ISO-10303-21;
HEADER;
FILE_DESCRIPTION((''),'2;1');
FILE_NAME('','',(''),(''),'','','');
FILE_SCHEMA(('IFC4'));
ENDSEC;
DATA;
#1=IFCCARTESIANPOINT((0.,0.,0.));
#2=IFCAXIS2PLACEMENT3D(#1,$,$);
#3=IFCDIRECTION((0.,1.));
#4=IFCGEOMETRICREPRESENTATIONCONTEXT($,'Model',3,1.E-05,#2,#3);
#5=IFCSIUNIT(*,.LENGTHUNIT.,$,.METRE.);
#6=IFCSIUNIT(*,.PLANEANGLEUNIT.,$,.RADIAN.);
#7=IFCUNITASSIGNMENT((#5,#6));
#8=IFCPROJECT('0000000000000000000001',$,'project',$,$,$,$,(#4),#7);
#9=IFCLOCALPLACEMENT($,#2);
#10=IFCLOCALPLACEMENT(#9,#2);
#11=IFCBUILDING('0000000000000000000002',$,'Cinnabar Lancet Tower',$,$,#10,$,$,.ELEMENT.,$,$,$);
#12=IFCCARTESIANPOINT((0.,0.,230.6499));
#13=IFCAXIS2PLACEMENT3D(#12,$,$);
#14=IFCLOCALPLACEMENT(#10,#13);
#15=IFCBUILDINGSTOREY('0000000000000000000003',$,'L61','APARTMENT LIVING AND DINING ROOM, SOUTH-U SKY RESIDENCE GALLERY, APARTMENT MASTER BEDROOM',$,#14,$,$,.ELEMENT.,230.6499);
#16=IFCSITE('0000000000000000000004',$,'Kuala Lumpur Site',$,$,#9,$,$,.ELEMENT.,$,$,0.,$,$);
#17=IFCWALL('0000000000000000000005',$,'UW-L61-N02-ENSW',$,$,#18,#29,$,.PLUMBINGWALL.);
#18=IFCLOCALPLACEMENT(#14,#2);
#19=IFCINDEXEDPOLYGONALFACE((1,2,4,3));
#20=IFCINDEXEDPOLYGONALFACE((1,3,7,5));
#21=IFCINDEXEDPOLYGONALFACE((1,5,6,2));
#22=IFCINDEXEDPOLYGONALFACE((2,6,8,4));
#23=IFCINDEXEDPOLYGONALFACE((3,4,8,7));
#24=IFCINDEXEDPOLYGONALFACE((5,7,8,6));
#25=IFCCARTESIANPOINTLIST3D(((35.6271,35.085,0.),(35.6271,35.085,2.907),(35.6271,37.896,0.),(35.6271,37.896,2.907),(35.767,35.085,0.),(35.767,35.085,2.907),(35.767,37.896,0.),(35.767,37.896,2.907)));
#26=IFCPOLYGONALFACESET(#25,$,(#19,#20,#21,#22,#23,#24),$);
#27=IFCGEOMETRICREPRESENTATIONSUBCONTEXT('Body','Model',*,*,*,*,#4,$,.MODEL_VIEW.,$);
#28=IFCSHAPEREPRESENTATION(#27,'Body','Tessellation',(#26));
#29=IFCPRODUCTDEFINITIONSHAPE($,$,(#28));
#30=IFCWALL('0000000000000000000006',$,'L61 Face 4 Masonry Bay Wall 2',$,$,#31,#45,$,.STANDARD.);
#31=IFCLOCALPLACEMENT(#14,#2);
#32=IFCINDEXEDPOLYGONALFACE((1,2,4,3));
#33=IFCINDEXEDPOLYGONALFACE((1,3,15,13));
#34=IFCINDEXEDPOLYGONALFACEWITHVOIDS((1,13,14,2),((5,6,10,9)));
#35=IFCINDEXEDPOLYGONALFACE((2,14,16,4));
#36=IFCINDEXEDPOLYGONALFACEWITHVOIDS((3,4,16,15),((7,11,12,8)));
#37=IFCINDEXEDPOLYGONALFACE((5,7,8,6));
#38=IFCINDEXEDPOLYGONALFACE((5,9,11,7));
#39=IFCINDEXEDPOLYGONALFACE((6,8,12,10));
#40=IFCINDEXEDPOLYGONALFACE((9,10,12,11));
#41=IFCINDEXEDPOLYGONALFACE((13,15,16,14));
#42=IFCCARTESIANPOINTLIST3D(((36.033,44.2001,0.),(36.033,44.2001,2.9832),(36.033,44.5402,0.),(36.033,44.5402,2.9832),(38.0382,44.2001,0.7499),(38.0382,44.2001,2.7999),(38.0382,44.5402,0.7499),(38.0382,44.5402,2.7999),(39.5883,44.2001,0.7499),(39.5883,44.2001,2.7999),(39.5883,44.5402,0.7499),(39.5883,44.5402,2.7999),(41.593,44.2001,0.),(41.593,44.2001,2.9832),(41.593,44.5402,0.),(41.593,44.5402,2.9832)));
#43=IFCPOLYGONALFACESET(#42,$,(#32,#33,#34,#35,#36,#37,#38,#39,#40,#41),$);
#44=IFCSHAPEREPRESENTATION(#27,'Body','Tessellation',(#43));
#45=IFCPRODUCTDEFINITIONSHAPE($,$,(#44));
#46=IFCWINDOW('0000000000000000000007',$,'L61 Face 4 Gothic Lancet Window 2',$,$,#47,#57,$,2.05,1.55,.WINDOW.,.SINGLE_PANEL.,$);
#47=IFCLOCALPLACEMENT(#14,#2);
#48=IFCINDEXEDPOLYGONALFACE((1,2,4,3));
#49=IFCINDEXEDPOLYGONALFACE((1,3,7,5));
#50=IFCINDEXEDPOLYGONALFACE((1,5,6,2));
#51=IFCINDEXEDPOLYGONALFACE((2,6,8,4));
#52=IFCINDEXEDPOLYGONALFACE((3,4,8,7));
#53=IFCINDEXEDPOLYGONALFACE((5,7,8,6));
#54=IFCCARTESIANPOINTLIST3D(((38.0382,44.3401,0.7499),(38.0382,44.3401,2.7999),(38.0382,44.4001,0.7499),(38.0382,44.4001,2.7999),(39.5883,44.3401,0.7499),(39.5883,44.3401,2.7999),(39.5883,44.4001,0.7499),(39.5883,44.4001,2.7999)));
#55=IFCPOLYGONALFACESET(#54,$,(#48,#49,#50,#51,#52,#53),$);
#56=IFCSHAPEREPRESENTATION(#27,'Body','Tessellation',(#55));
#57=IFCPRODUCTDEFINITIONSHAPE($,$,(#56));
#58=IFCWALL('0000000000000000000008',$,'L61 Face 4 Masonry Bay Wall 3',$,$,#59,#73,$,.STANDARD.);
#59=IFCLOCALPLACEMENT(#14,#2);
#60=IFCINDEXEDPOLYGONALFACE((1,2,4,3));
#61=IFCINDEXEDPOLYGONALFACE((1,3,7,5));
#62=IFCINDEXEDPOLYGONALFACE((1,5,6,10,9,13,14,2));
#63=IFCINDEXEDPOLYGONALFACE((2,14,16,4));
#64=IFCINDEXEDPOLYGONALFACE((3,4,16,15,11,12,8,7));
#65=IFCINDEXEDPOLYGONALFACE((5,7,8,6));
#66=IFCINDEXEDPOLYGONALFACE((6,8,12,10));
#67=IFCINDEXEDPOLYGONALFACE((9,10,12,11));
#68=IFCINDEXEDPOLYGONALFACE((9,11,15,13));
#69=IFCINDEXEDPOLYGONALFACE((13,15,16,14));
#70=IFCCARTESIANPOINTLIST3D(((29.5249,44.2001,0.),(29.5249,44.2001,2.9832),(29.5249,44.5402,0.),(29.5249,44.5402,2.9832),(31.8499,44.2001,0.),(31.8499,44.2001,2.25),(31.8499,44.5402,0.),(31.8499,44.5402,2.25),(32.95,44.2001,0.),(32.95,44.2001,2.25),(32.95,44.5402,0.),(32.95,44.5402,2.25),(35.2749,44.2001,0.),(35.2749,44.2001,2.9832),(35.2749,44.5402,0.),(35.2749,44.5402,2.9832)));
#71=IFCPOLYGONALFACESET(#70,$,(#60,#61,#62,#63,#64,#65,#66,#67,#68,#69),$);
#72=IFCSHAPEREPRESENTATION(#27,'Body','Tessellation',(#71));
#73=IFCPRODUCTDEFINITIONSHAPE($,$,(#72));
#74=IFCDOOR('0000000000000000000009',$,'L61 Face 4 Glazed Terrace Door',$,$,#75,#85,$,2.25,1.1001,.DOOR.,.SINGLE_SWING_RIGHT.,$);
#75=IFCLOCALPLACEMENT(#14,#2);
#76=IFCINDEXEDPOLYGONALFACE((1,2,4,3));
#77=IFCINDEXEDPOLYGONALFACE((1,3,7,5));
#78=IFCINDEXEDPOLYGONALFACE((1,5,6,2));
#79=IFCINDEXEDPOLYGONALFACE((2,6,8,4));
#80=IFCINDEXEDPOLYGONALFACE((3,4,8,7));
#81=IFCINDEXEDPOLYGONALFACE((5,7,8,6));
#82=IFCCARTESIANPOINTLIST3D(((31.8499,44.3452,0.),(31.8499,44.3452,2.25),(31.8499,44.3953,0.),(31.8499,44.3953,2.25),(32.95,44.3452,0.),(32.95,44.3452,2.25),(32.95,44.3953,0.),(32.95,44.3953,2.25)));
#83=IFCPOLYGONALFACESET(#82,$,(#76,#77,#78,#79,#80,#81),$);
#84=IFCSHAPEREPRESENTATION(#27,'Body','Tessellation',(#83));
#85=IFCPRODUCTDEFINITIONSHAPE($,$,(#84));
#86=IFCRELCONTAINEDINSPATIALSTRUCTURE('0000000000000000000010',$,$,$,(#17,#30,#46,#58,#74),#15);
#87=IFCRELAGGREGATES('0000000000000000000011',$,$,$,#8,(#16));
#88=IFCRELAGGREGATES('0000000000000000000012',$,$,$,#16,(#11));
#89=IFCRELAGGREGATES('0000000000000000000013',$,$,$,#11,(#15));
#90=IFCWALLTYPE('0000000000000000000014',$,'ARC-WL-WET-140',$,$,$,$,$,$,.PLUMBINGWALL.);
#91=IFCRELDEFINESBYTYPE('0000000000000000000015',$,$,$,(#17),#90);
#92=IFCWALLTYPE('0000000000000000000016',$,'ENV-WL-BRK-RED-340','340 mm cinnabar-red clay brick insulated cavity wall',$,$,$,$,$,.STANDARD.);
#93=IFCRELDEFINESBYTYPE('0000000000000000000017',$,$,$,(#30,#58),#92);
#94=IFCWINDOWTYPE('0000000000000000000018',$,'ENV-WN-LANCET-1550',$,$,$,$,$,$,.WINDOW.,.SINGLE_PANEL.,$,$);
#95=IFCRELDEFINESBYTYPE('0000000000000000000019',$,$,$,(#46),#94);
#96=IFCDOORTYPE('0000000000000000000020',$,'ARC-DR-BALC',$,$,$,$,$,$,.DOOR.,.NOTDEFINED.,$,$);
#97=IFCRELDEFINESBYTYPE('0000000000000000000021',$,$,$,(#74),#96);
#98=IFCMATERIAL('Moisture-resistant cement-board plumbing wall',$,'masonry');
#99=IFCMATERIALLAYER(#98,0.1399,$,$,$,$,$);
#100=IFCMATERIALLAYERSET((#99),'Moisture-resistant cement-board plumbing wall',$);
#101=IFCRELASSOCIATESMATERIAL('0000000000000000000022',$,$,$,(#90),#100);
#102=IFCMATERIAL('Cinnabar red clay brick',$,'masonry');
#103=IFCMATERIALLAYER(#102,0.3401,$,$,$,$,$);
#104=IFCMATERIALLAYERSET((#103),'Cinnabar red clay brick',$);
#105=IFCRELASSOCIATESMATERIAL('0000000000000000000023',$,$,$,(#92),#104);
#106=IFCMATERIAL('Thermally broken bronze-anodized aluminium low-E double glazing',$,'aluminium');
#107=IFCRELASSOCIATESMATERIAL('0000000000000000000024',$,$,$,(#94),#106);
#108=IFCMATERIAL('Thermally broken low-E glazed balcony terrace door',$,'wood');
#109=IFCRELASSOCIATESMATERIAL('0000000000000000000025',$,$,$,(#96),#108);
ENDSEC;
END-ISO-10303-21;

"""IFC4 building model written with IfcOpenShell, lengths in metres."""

from ifc_helpers import new_model, si_unit, direction, frame, frame_2d, origin, place, context, subcontext, project, spatial, rectangle, extrude, material, layer, layer_set, type_object, element, fill, save


model = new_model("IFC4")

# Units and contexts
model_context = context("Model", 3, precision=1e-05, world=origin(), true_north=direction((0.0, 1.0)))
body_context = subcontext(model_context, "Body", "Model", "MODEL_VIEW")
ifc_project = project(units=[si_unit("LENGTHUNIT", "METRE"), si_unit("PLANEANGLEUNIT", "RADIAN")], contexts=[model_context])

# Site, building, storey
site_placement = place(None, origin())
site = spatial("IfcSite", under=ifc_project, at=site_placement, Name="Kuala Lumpur Site", CompositionType="ELEMENT", RefElevation=0.0)
building_placement = place(site_placement, origin())
building = spatial("IfcBuilding", under=site, at=building_placement, Name="Cinnabar Lancet Tower", CompositionType="ELEMENT")
storey_placement = place(building_placement, frame((0.0, 0.0, 230.6499)))
storey = spatial("IfcBuildingStorey", under=building, at=storey_placement, Name="L61", Description="APARTMENT LIVING AND DINING ROOM, SOUTH-U SKY RESIDENCE GALLERY, APARTMENT MASTER BEDROOM", CompositionType="ELEMENT", Elevation=230.6499)

# Shared definitions
ifc_material_1 = material(Name="Moisture-resistant cement-board plumbing wall", Category="masonry")
ifc_layer_1 = layer(ifc_material_1, 0.1399)
ifc_layer_set_1 = layer_set([ifc_layer_1], Name="Moisture-resistant cement-board plumbing wall")
wall_type_1 = type_object("IfcWallType", Name="ARC-WL-WET-140", PredefinedType="PLUMBINGWALL", material=ifc_layer_set_1)

# Wall
wall_1_placement = place(storey_placement, frame((35.697, 35.085, 0.0), z_axis=(0.0, 0.0, 1.0), x_axis=(0.0, 1.0, 0.0)))
element("IfcWall", 1, at=wall_1_placement, inside=storey, type_object=wall_type_1, Name="UW-L61-N02-ENSW", PredefinedType="PLUMBINGWALL", context=body_context, shape_type="SweptSolid", body=[
    extrude(rectangle(XDim=2.811, YDim=0.1399, at=frame_2d((1.4055, 0.0))), origin(), (0.0, 0.0, 1.0), 2.907),
])

# Wall, opening, window
ifc_material_2 = material(Name="Cinnabar red clay brick", Category="masonry")
ifc_layer_2 = layer(ifc_material_2, 0.3401)
ifc_layer_set_2 = layer_set([ifc_layer_2], Name="Cinnabar red clay brick")
wall_type_2 = type_object("IfcWallType", Name="ENV-WL-BRK-RED-340", Description="340 mm cinnabar-red clay brick insulated cavity wall", PredefinedType="STANDARD", material=ifc_layer_set_2)
wall_2_placement = place(storey_placement, frame((41.593, 44.3701, 0.0), z_axis=(0.0, 0.0, 1.0), x_axis=(-1.0, 0.0, 0.0)))
wall_2 = element("IfcWall", 2, at=wall_2_placement, inside=storey, type_object=wall_type_2, Name="L61 Face 4 Masonry Bay Wall 2", PredefinedType="STANDARD", context=body_context, shape_type="SweptSolid", body=[
    extrude(rectangle(XDim=5.5601, YDim=0.3401, at=frame_2d((2.78, 0.0))), origin(), (0.0, 0.0, 1.0), 2.9832),
])
opening_1_placement = place(wall_2_placement, frame((2.0049, 0.0, 0.75)))
opening_1 = element("IfcOpeningElement", 3, at=opening_1_placement, cuts=wall_2, PredefinedType="OPENING", context=body_context, shape_type="SweptSolid", body=[
    extrude(rectangle(XDim=1.55, YDim=2.05, at=frame_2d((0.7749, 1.0249))), frame((0.0, 0.1799, 0.0), z_axis=(0.0, -1.0, 0.0), x_axis=(1.0, 0.0, 0.0)), (0.0, 0.0, 1.0), 0.3601),
])
ifc_material_3 = material(Name="Thermally broken bronze-anodized aluminium low-E double glazing", Category="aluminium")
window_type = type_object("IfcWindowType", Name="ENV-WN-LANCET-1550", PartitioningType="SINGLE_PANEL", PredefinedType="WINDOW", material=ifc_material_3)
window_placement = place(opening_1_placement, origin())
window = element("IfcWindow", 4, at=window_placement, inside=storey, type_object=window_type, Name="L61 Face 4 Gothic Lancet Window 2", OverallHeight=2.05, OverallWidth=1.55, PartitioningType="SINGLE_PANEL", PredefinedType="WINDOW", context=body_context, shape_type="SweptSolid", body=[
    extrude(rectangle(XDim=1.55, YDim=2.05, at=frame_2d((0.7749, 1.0249))), frame((0.0, 0.03, 0.0), z_axis=(0.0, -1.0, 0.0), x_axis=(1.0, 0.0, 0.0)), (0.0, 0.0, 1.0), 0.0601),
])
fill(opening_1, window)

# Wall, opening, door
wall_3_placement = place(storey_placement, frame((35.2749, 44.3701, 0.0), z_axis=(0.0, 0.0, 1.0), x_axis=(-1.0, 0.0, 0.0)))
wall_3 = element("IfcWall", 5, at=wall_3_placement, inside=storey, type_object=wall_type_2, Name="L61 Face 4 Masonry Bay Wall 3", PredefinedType="STANDARD", context=body_context, shape_type="SweptSolid", body=[
    extrude(rectangle(XDim=5.75, YDim=0.3401, at=frame_2d((2.875, 0.0))), origin(), (0.0, 0.0, 1.0), 2.9832),
])
opening_2_placement = place(wall_3_placement, frame((2.325, 0.0, 0.0)))
opening_2 = element("IfcOpeningElement", 6, at=opening_2_placement, cuts=wall_3, PredefinedType="OPENING", context=body_context, shape_type="SweptSolid", body=[
    extrude(rectangle(XDim=1.1001, YDim=2.25, at=frame_2d((0.55, 1.125))), frame((0.0, 0.1799, 0.0), z_axis=(0.0, -1.0, 0.0), x_axis=(1.0, 0.0, 0.0)), (0.0, 0.0, 1.0), 0.3601),
])
ifc_material_4 = material(Name="Thermally broken low-E glazed balcony terrace door", Category="wood")
door_type_1 = type_object("IfcDoorType", Name="ARC-DR-BALC", OperationType="NOTDEFINED", PredefinedType="DOOR", material=ifc_material_4)
door_1_placement = place(opening_2_placement, origin())
door_1 = element("IfcDoor", 7, at=door_1_placement, inside=storey, type_object=door_type_1, Name="L61 Face 4 Glazed Terrace Door", OperationType="SINGLE_SWING_RIGHT", OverallHeight=2.25, OverallWidth=1.1001, PredefinedType="DOOR", context=body_context, shape_type="SweptSolid", body=[
    extrude(rectangle(XDim=1.1001, YDim=2.25, at=frame_2d((0.55, 1.125))), frame((0.0, 0.0249, 0.0), z_axis=(0.0, -1.0, 0.0), x_axis=(1.0, 0.0, 0.0)), (0.0, 0.0, 1.0), 0.05),
])
fill(opening_2, door_1)

save(model, "model.ifc")
